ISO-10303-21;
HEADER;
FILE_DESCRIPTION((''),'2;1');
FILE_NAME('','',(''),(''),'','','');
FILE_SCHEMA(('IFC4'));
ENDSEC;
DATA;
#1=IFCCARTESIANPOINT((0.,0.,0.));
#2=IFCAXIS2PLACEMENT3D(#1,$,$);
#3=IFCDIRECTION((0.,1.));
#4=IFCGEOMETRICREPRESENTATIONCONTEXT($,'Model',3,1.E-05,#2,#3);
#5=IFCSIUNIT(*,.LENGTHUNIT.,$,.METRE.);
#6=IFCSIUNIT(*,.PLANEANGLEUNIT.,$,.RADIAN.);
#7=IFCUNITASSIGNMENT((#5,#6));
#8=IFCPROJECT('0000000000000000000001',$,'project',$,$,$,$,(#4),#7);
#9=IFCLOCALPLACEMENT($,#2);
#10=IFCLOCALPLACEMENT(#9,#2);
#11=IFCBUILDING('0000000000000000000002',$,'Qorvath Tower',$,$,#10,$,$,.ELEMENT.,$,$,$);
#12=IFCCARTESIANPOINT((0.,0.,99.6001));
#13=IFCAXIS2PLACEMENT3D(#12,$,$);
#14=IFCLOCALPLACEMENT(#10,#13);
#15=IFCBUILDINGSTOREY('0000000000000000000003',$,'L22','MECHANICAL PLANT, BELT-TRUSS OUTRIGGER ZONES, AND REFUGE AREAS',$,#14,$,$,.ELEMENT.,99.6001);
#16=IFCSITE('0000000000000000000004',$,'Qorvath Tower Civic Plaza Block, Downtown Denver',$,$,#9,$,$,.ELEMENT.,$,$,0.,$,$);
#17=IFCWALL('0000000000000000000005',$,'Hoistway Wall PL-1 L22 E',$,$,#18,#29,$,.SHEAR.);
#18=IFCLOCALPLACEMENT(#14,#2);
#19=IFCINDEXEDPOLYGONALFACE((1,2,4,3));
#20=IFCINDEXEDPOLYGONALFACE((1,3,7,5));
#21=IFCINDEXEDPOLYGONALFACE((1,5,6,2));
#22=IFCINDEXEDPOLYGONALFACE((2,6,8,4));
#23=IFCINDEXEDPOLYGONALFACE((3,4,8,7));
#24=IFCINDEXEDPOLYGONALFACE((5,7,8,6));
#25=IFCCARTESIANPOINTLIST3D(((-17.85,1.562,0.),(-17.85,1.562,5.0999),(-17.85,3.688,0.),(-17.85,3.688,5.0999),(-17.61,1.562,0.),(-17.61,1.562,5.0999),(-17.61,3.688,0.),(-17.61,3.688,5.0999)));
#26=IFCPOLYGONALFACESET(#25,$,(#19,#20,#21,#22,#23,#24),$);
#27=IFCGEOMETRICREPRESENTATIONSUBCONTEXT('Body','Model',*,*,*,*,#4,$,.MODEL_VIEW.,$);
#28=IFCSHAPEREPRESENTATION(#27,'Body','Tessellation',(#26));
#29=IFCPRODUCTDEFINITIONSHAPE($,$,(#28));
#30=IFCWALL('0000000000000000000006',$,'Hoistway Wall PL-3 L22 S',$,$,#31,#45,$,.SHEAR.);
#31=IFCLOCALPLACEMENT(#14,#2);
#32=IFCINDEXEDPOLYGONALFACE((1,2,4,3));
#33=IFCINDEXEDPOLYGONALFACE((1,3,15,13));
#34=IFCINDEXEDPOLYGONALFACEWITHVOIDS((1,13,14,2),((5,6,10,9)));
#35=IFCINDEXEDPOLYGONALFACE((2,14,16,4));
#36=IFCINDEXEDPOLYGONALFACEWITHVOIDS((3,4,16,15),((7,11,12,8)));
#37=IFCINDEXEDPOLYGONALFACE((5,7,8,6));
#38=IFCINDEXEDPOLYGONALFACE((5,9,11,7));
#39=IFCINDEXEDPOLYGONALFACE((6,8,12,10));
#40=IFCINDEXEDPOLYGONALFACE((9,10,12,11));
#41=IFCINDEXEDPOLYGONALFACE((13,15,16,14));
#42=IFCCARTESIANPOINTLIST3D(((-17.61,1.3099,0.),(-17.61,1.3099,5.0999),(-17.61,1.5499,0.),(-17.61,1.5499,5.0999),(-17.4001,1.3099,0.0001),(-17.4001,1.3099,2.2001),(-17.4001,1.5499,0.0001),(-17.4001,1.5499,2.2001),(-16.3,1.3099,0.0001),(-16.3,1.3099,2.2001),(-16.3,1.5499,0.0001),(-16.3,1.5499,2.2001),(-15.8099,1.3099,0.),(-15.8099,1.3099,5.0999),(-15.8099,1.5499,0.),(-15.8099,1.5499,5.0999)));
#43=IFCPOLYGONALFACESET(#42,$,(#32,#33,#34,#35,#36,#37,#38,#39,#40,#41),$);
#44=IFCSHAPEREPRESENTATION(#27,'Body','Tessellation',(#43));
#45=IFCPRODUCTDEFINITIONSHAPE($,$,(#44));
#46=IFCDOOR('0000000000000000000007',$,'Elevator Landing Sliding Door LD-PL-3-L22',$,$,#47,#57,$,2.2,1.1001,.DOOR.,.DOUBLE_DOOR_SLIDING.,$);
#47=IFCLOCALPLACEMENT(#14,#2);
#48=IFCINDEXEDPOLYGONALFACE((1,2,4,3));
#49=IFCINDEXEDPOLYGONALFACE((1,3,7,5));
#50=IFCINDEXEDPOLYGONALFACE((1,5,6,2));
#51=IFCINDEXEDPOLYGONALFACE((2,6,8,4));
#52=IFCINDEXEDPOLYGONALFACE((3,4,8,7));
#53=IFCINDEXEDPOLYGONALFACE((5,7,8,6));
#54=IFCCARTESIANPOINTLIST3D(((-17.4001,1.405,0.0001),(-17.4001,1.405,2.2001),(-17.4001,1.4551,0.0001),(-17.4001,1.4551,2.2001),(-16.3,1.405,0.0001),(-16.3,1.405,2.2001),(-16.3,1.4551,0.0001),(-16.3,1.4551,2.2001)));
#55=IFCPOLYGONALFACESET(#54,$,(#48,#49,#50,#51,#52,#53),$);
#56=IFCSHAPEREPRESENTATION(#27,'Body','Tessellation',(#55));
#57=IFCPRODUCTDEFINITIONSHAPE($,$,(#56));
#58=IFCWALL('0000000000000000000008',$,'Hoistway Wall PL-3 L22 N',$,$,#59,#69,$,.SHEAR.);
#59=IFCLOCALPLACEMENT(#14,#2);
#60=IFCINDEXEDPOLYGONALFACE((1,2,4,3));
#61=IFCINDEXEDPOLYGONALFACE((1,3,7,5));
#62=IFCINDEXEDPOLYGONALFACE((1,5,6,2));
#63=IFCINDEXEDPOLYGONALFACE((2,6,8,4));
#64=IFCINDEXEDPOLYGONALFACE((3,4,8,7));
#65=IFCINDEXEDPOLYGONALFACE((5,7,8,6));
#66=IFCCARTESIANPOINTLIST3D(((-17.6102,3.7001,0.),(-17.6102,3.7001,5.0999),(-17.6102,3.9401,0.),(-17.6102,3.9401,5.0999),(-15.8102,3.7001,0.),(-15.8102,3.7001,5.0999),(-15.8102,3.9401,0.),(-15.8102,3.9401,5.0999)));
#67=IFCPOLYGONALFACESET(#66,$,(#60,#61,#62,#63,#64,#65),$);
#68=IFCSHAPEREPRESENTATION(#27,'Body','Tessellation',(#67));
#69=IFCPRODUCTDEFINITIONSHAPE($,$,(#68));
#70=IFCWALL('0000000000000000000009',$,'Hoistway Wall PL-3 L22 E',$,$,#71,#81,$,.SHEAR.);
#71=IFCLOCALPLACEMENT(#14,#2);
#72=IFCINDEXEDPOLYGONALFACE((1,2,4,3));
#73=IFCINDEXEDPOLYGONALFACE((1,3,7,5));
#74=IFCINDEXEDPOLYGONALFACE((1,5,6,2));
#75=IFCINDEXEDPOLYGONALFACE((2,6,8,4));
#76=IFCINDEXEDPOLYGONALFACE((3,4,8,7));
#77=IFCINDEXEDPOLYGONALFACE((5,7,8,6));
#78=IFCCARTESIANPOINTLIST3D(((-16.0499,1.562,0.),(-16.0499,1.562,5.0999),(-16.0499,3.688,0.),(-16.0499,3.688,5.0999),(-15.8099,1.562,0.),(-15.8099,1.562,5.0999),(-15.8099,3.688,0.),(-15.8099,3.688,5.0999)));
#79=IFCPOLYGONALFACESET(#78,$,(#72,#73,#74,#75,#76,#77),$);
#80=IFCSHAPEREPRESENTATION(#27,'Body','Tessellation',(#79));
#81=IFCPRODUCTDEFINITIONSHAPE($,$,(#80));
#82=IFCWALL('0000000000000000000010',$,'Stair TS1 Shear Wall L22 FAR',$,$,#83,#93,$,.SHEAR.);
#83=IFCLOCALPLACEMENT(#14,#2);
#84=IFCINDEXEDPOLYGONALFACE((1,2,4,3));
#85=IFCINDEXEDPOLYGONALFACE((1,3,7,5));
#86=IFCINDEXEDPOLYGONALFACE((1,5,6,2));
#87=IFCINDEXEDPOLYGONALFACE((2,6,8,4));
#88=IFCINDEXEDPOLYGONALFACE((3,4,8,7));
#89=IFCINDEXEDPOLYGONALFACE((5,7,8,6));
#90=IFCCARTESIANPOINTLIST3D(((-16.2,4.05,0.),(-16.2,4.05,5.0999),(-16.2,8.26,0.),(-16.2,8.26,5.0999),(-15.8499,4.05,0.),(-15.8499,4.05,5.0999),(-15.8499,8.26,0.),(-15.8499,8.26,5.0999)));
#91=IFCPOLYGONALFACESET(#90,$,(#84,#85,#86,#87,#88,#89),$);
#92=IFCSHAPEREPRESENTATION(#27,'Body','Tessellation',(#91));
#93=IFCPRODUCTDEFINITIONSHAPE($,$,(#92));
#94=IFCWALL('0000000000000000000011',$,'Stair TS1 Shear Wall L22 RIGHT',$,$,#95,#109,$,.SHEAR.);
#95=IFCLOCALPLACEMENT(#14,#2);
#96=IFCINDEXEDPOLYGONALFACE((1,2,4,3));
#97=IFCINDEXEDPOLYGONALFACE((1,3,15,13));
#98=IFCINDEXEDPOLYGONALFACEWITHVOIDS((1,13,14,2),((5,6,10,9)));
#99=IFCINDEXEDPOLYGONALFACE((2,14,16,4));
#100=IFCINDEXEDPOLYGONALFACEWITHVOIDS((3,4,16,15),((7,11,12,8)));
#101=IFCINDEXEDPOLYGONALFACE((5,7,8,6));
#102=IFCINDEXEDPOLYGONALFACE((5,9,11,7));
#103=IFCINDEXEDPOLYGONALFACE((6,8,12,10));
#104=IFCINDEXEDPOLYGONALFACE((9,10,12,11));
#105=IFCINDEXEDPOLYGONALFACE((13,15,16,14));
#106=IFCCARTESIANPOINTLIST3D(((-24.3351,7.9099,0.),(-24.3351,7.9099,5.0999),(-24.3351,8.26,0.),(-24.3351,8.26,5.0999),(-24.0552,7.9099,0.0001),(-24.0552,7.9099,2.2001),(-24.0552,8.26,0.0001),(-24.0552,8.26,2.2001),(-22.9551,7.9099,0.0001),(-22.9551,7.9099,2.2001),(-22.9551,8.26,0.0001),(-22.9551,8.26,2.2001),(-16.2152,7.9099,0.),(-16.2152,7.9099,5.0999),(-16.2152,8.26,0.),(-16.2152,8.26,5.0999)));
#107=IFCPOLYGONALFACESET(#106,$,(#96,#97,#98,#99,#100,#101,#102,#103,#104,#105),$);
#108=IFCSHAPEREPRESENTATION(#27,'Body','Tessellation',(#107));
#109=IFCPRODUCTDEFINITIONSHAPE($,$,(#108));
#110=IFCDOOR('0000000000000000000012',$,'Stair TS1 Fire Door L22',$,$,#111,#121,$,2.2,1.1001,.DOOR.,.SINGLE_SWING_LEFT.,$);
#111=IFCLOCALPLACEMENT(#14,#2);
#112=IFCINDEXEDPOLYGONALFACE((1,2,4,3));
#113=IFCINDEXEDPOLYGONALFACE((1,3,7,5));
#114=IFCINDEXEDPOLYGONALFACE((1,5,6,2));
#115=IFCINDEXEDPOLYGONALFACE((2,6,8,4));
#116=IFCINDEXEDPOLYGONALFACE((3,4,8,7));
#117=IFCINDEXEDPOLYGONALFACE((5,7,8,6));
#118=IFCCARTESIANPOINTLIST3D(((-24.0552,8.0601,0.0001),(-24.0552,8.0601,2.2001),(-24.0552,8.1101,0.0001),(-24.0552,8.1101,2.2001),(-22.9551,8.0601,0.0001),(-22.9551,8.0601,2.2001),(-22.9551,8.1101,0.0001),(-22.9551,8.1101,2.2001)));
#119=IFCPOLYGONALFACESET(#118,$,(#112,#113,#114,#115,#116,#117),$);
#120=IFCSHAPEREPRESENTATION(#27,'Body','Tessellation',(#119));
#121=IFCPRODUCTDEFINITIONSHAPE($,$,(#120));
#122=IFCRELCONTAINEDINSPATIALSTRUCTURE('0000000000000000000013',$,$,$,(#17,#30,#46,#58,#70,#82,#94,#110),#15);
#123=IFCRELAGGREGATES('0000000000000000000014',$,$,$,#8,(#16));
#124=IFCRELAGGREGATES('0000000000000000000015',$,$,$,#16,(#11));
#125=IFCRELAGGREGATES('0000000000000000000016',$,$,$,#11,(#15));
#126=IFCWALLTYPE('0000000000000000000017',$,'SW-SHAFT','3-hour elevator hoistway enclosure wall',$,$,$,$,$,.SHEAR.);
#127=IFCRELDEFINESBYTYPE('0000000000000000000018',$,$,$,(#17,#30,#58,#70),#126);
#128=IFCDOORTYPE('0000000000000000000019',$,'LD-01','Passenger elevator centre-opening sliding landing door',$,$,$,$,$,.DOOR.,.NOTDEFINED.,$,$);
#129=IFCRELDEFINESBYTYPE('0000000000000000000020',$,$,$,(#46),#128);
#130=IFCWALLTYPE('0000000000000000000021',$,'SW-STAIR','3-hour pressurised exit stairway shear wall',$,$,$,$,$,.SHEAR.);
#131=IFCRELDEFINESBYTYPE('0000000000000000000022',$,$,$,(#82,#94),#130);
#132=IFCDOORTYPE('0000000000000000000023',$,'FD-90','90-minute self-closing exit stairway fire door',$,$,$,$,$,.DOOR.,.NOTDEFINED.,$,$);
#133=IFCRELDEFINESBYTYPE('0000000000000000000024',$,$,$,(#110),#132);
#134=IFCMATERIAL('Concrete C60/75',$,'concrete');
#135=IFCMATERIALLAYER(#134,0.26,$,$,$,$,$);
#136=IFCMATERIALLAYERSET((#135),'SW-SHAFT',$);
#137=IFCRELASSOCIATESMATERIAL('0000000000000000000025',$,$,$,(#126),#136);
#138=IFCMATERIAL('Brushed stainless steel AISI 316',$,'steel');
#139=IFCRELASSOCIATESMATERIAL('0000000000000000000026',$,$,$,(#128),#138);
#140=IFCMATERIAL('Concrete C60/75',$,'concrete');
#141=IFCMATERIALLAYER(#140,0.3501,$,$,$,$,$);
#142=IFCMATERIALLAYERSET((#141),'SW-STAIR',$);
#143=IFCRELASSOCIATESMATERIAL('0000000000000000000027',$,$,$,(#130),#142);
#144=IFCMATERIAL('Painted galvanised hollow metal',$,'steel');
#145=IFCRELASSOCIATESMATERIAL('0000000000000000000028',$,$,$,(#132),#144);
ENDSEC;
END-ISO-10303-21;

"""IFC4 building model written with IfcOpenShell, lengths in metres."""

from ifc_helpers import new_model, si_unit, direction, frame, frame_2d, origin, place, context, subcontext, project, spatial, rectangle, extrude, material, layer, layer_set, type_object, element, fill, save


model = new_model("IFC4")

# Units and contexts
model_context = context("Model", 3, precision=1e-05, world=origin(), true_north=direction((0.0, 1.0)))
body_context = subcontext(model_context, "Body", "Model", "MODEL_VIEW")
ifc_project = project(units=[si_unit("LENGTHUNIT", "METRE"), si_unit("PLANEANGLEUNIT", "RADIAN")], contexts=[model_context])

# Site, building, storey
site_placement = place(None, origin())
site = spatial("IfcSite", under=ifc_project, at=site_placement, Name="Qorvath Tower Civic Plaza Block, Downtown Denver", CompositionType="ELEMENT", RefElevation=0.0)
building_placement = place(site_placement, origin())
building = spatial("IfcBuilding", under=site, at=building_placement, Name="Qorvath Tower", CompositionType="ELEMENT")
storey_placement = place(building_placement, frame((0.0, 0.0, 99.6001)))
storey = spatial("IfcBuildingStorey", under=building, at=storey_placement, Name="L22", Description="MECHANICAL PLANT, BELT-TRUSS OUTRIGGER ZONES, AND REFUGE AREAS", CompositionType="ELEMENT", Elevation=99.6001)

# Shared definitions
ifc_material_1 = material(Name="Concrete C60/75", Category="concrete")
ifc_layer_1 = layer(ifc_material_1, 0.26)
ifc_layer_set_1 = layer_set([ifc_layer_1], Name="SW-SHAFT")
wall_type_1 = type_object("IfcWallType", Name="SW-SHAFT", Description="3-hour elevator hoistway enclosure wall", PredefinedType="SHEAR", material=ifc_layer_set_1)
ifc_material_2 = material(Name="Brushed stainless steel AISI 316", Category="steel")
door_type_1 = type_object("IfcDoorType", Name="LD-01", Description="Passenger elevator centre-opening sliding landing door", OperationType="NOTDEFINED", PredefinedType="DOOR", material=ifc_material_2)

# Wall
wall_1_placement = place(storey_placement, frame((-17.73, 3.688, 0.0), z_axis=(0.0, 0.0, 1.0), x_axis=(0.0, -1.0, 0.0)))
element("IfcWall", 1, at=wall_1_placement, inside=storey, type_object=wall_type_1, Name="Hoistway Wall PL-1 L22 E", PredefinedType="SHEAR", context=body_context, shape_type="SweptSolid", body=[
    extrude(rectangle(XDim=2.126, YDim=0.24, at=frame_2d((1.063, 0.0))), origin(), (0.0, 0.0, 1.0), 5.0999),
])

# Wall, opening, door
wall_2_placement = place(storey_placement, frame((-15.8101, 1.4299, 0.0), z_axis=(0.0, 0.0, 1.0), x_axis=(-1.0, 0.0, 0.0)))
wall_2 = element("IfcWall", 2, at=wall_2_placement, inside=storey, type_object=wall_type_1, Name="Hoistway Wall PL-3 L22 S", PredefinedType="SHEAR", context=body_context, shape_type="SweptSolid", body=[
    extrude(rectangle(XDim=1.8, YDim=0.24, at=frame_2d((0.8999, 0.0))), origin(), (0.0, 0.0, 1.0), 5.0999),
])
opening_1_placement = place(wall_2_placement, frame((0.49, 0.0, 0.0)))
opening_1 = element("IfcOpeningElement", 3, at=opening_1_placement, cuts=wall_2, PredefinedType="OPENING", context=body_context, shape_type="SweptSolid", body=[
    extrude(rectangle(XDim=1.1001, YDim=2.2, at=frame_2d((0.55, 1.1001))), frame((0.0, 0.1299, 0.0), z_axis=(0.0, -1.0, 0.0), x_axis=(1.0, 0.0, 0.0)), (0.0, 0.0, 1.0), 0.26),
])
door_1_placement = place(opening_1_placement, origin())
door_1 = element("IfcDoor", 4, at=door_1_placement, inside=storey, type_object=door_type_1, Name="Elevator Landing Sliding Door LD-PL-3-L22", OperationType="DOUBLE_DOOR_SLIDING", OverallHeight=2.2, OverallWidth=1.1001, PredefinedType="DOOR", context=body_context, shape_type="SweptSolid", body=[
    extrude(rectangle(XDim=1.1001, YDim=2.2, at=frame_2d((0.55, 1.1001))), frame((0.0, 0.0249, 0.0), z_axis=(0.0, -1.0, 0.0), x_axis=(1.0, 0.0, 0.0)), (0.0, 0.0, 1.0), 0.05),
])
fill(opening_1, door_1)

# Walls
wall_3_placement = place(storey_placement, frame((-17.6101, 3.8201, 0.0), z_axis=(0.0, 0.0, 1.0), x_axis=(1.0, 0.0, 0.0)))
element("IfcWall", 5, at=wall_3_placement, inside=storey, type_object=wall_type_1, Name="Hoistway Wall PL-3 L22 N", PredefinedType="SHEAR", context=body_context, shape_type="SweptSolid", body=[
    extrude(rectangle(XDim=1.8, YDim=0.24, at=frame_2d((0.8999, 0.0))), origin(), (0.0, 0.0, 1.0), 5.0999),
])
wall_4_placement = place(storey_placement, frame((-15.9299, 3.688, 0.0), z_axis=(0.0, 0.0, 1.0), x_axis=(0.0, -1.0, 0.0)))
element("IfcWall", 6, at=wall_4_placement, inside=storey, type_object=wall_type_1, Name="Hoistway Wall PL-3 L22 E", PredefinedType="SHEAR", context=body_context, shape_type="SweptSolid", body=[
    extrude(rectangle(XDim=2.126, YDim=0.24, at=frame_2d((1.063, 0.0))), origin(), (0.0, 0.0, 1.0), 5.0999),
])
ifc_material_3 = material(Name="Concrete C60/75", Category="concrete")
ifc_layer_2 = layer(ifc_material_3, 0.3501)
ifc_layer_set_2 = layer_set([ifc_layer_2], Name="SW-STAIR")
wall_type_2 = type_object("IfcWallType", Name="SW-STAIR", Description="3-hour pressurised exit stairway shear wall", PredefinedType="SHEAR", material=ifc_layer_set_2)
wall_5_placement = place(storey_placement, frame((-16.0249, 4.05, 0.0), z_axis=(0.0, 0.0, 1.0), x_axis=(0.0, 1.0, 0.0)))
element("IfcWall", 7, at=wall_5_placement, inside=storey, type_object=wall_type_2, Name="Stair TS1 Shear Wall L22 FAR", PredefinedType="SHEAR", context=body_context, shape_type="SweptSolid", body=[
    extrude(rectangle(XDim=4.21, YDim=0.3501, at=frame_2d((2.105, 0.0))), origin(), (0.0, 0.0, 1.0), 5.0999),
])

# Wall, opening, door
wall_6_placement = place(storey_placement, frame((-16.2151, 8.085, 0.0), z_axis=(0.0, 0.0, 1.0), x_axis=(-1.0, 0.0, 0.0)))
wall_6 = element("IfcWall", 8, at=wall_6_placement, inside=storey, type_object=wall_type_2, Name="Stair TS1 Shear Wall L22 RIGHT", PredefinedType="SHEAR", context=body_context, shape_type="SweptSolid", body=[
    extrude(rectangle(XDim=8.1199, YDim=0.3501, at=frame_2d((4.0601, 0.0))), origin(), (0.0, 0.0, 1.0), 5.0999),
])
opening_2_placement = place(wall_6_placement, frame((6.74, 0.0, 0.0)))
opening_2 = element("IfcOpeningElement", 9, at=opening_2_placement, cuts=wall_6, PredefinedType="OPENING", context=body_context, shape_type="SweptSolid", body=[
    extrude(rectangle(XDim=1.1001, YDim=2.2, at=frame_2d((0.55, 1.1001))), frame((0.0, 0.1851, 0.0), z_axis=(0.0, -1.0, 0.0), x_axis=(1.0, 0.0, 0.0)), (0.0, 0.0, 1.0), 0.3701),
])
ifc_material_4 = material(Name="Painted galvanised hollow metal", Category="steel")
door_type_2 = type_object("IfcDoorType", Name="FD-90", Description="90-minute self-closing exit stairway fire door", OperationType="NOTDEFINED", PredefinedType="DOOR", material=ifc_material_4)
door_2_placement = place(opening_2_placement, origin())
door_2 = element("IfcDoor", 10, at=door_2_placement, inside=storey, type_object=door_type_2, Name="Stair TS1 Fire Door L22", OperationType="SINGLE_SWING_LEFT", OverallHeight=2.2, OverallWidth=1.1001, PredefinedType="DOOR", context=body_context, shape_type="SweptSolid", body=[
    extrude(rectangle(XDim=1.1001, YDim=2.2, at=frame_2d((0.55, 1.1001))), frame((0.0, 0.0249, 0.0), z_axis=(0.0, -1.0, 0.0), x_axis=(1.0, 0.0, 0.0)), (0.0, 0.0, 1.0), 0.05),
])
fill(opening_2, door_2)

save(model, "model.ifc")
